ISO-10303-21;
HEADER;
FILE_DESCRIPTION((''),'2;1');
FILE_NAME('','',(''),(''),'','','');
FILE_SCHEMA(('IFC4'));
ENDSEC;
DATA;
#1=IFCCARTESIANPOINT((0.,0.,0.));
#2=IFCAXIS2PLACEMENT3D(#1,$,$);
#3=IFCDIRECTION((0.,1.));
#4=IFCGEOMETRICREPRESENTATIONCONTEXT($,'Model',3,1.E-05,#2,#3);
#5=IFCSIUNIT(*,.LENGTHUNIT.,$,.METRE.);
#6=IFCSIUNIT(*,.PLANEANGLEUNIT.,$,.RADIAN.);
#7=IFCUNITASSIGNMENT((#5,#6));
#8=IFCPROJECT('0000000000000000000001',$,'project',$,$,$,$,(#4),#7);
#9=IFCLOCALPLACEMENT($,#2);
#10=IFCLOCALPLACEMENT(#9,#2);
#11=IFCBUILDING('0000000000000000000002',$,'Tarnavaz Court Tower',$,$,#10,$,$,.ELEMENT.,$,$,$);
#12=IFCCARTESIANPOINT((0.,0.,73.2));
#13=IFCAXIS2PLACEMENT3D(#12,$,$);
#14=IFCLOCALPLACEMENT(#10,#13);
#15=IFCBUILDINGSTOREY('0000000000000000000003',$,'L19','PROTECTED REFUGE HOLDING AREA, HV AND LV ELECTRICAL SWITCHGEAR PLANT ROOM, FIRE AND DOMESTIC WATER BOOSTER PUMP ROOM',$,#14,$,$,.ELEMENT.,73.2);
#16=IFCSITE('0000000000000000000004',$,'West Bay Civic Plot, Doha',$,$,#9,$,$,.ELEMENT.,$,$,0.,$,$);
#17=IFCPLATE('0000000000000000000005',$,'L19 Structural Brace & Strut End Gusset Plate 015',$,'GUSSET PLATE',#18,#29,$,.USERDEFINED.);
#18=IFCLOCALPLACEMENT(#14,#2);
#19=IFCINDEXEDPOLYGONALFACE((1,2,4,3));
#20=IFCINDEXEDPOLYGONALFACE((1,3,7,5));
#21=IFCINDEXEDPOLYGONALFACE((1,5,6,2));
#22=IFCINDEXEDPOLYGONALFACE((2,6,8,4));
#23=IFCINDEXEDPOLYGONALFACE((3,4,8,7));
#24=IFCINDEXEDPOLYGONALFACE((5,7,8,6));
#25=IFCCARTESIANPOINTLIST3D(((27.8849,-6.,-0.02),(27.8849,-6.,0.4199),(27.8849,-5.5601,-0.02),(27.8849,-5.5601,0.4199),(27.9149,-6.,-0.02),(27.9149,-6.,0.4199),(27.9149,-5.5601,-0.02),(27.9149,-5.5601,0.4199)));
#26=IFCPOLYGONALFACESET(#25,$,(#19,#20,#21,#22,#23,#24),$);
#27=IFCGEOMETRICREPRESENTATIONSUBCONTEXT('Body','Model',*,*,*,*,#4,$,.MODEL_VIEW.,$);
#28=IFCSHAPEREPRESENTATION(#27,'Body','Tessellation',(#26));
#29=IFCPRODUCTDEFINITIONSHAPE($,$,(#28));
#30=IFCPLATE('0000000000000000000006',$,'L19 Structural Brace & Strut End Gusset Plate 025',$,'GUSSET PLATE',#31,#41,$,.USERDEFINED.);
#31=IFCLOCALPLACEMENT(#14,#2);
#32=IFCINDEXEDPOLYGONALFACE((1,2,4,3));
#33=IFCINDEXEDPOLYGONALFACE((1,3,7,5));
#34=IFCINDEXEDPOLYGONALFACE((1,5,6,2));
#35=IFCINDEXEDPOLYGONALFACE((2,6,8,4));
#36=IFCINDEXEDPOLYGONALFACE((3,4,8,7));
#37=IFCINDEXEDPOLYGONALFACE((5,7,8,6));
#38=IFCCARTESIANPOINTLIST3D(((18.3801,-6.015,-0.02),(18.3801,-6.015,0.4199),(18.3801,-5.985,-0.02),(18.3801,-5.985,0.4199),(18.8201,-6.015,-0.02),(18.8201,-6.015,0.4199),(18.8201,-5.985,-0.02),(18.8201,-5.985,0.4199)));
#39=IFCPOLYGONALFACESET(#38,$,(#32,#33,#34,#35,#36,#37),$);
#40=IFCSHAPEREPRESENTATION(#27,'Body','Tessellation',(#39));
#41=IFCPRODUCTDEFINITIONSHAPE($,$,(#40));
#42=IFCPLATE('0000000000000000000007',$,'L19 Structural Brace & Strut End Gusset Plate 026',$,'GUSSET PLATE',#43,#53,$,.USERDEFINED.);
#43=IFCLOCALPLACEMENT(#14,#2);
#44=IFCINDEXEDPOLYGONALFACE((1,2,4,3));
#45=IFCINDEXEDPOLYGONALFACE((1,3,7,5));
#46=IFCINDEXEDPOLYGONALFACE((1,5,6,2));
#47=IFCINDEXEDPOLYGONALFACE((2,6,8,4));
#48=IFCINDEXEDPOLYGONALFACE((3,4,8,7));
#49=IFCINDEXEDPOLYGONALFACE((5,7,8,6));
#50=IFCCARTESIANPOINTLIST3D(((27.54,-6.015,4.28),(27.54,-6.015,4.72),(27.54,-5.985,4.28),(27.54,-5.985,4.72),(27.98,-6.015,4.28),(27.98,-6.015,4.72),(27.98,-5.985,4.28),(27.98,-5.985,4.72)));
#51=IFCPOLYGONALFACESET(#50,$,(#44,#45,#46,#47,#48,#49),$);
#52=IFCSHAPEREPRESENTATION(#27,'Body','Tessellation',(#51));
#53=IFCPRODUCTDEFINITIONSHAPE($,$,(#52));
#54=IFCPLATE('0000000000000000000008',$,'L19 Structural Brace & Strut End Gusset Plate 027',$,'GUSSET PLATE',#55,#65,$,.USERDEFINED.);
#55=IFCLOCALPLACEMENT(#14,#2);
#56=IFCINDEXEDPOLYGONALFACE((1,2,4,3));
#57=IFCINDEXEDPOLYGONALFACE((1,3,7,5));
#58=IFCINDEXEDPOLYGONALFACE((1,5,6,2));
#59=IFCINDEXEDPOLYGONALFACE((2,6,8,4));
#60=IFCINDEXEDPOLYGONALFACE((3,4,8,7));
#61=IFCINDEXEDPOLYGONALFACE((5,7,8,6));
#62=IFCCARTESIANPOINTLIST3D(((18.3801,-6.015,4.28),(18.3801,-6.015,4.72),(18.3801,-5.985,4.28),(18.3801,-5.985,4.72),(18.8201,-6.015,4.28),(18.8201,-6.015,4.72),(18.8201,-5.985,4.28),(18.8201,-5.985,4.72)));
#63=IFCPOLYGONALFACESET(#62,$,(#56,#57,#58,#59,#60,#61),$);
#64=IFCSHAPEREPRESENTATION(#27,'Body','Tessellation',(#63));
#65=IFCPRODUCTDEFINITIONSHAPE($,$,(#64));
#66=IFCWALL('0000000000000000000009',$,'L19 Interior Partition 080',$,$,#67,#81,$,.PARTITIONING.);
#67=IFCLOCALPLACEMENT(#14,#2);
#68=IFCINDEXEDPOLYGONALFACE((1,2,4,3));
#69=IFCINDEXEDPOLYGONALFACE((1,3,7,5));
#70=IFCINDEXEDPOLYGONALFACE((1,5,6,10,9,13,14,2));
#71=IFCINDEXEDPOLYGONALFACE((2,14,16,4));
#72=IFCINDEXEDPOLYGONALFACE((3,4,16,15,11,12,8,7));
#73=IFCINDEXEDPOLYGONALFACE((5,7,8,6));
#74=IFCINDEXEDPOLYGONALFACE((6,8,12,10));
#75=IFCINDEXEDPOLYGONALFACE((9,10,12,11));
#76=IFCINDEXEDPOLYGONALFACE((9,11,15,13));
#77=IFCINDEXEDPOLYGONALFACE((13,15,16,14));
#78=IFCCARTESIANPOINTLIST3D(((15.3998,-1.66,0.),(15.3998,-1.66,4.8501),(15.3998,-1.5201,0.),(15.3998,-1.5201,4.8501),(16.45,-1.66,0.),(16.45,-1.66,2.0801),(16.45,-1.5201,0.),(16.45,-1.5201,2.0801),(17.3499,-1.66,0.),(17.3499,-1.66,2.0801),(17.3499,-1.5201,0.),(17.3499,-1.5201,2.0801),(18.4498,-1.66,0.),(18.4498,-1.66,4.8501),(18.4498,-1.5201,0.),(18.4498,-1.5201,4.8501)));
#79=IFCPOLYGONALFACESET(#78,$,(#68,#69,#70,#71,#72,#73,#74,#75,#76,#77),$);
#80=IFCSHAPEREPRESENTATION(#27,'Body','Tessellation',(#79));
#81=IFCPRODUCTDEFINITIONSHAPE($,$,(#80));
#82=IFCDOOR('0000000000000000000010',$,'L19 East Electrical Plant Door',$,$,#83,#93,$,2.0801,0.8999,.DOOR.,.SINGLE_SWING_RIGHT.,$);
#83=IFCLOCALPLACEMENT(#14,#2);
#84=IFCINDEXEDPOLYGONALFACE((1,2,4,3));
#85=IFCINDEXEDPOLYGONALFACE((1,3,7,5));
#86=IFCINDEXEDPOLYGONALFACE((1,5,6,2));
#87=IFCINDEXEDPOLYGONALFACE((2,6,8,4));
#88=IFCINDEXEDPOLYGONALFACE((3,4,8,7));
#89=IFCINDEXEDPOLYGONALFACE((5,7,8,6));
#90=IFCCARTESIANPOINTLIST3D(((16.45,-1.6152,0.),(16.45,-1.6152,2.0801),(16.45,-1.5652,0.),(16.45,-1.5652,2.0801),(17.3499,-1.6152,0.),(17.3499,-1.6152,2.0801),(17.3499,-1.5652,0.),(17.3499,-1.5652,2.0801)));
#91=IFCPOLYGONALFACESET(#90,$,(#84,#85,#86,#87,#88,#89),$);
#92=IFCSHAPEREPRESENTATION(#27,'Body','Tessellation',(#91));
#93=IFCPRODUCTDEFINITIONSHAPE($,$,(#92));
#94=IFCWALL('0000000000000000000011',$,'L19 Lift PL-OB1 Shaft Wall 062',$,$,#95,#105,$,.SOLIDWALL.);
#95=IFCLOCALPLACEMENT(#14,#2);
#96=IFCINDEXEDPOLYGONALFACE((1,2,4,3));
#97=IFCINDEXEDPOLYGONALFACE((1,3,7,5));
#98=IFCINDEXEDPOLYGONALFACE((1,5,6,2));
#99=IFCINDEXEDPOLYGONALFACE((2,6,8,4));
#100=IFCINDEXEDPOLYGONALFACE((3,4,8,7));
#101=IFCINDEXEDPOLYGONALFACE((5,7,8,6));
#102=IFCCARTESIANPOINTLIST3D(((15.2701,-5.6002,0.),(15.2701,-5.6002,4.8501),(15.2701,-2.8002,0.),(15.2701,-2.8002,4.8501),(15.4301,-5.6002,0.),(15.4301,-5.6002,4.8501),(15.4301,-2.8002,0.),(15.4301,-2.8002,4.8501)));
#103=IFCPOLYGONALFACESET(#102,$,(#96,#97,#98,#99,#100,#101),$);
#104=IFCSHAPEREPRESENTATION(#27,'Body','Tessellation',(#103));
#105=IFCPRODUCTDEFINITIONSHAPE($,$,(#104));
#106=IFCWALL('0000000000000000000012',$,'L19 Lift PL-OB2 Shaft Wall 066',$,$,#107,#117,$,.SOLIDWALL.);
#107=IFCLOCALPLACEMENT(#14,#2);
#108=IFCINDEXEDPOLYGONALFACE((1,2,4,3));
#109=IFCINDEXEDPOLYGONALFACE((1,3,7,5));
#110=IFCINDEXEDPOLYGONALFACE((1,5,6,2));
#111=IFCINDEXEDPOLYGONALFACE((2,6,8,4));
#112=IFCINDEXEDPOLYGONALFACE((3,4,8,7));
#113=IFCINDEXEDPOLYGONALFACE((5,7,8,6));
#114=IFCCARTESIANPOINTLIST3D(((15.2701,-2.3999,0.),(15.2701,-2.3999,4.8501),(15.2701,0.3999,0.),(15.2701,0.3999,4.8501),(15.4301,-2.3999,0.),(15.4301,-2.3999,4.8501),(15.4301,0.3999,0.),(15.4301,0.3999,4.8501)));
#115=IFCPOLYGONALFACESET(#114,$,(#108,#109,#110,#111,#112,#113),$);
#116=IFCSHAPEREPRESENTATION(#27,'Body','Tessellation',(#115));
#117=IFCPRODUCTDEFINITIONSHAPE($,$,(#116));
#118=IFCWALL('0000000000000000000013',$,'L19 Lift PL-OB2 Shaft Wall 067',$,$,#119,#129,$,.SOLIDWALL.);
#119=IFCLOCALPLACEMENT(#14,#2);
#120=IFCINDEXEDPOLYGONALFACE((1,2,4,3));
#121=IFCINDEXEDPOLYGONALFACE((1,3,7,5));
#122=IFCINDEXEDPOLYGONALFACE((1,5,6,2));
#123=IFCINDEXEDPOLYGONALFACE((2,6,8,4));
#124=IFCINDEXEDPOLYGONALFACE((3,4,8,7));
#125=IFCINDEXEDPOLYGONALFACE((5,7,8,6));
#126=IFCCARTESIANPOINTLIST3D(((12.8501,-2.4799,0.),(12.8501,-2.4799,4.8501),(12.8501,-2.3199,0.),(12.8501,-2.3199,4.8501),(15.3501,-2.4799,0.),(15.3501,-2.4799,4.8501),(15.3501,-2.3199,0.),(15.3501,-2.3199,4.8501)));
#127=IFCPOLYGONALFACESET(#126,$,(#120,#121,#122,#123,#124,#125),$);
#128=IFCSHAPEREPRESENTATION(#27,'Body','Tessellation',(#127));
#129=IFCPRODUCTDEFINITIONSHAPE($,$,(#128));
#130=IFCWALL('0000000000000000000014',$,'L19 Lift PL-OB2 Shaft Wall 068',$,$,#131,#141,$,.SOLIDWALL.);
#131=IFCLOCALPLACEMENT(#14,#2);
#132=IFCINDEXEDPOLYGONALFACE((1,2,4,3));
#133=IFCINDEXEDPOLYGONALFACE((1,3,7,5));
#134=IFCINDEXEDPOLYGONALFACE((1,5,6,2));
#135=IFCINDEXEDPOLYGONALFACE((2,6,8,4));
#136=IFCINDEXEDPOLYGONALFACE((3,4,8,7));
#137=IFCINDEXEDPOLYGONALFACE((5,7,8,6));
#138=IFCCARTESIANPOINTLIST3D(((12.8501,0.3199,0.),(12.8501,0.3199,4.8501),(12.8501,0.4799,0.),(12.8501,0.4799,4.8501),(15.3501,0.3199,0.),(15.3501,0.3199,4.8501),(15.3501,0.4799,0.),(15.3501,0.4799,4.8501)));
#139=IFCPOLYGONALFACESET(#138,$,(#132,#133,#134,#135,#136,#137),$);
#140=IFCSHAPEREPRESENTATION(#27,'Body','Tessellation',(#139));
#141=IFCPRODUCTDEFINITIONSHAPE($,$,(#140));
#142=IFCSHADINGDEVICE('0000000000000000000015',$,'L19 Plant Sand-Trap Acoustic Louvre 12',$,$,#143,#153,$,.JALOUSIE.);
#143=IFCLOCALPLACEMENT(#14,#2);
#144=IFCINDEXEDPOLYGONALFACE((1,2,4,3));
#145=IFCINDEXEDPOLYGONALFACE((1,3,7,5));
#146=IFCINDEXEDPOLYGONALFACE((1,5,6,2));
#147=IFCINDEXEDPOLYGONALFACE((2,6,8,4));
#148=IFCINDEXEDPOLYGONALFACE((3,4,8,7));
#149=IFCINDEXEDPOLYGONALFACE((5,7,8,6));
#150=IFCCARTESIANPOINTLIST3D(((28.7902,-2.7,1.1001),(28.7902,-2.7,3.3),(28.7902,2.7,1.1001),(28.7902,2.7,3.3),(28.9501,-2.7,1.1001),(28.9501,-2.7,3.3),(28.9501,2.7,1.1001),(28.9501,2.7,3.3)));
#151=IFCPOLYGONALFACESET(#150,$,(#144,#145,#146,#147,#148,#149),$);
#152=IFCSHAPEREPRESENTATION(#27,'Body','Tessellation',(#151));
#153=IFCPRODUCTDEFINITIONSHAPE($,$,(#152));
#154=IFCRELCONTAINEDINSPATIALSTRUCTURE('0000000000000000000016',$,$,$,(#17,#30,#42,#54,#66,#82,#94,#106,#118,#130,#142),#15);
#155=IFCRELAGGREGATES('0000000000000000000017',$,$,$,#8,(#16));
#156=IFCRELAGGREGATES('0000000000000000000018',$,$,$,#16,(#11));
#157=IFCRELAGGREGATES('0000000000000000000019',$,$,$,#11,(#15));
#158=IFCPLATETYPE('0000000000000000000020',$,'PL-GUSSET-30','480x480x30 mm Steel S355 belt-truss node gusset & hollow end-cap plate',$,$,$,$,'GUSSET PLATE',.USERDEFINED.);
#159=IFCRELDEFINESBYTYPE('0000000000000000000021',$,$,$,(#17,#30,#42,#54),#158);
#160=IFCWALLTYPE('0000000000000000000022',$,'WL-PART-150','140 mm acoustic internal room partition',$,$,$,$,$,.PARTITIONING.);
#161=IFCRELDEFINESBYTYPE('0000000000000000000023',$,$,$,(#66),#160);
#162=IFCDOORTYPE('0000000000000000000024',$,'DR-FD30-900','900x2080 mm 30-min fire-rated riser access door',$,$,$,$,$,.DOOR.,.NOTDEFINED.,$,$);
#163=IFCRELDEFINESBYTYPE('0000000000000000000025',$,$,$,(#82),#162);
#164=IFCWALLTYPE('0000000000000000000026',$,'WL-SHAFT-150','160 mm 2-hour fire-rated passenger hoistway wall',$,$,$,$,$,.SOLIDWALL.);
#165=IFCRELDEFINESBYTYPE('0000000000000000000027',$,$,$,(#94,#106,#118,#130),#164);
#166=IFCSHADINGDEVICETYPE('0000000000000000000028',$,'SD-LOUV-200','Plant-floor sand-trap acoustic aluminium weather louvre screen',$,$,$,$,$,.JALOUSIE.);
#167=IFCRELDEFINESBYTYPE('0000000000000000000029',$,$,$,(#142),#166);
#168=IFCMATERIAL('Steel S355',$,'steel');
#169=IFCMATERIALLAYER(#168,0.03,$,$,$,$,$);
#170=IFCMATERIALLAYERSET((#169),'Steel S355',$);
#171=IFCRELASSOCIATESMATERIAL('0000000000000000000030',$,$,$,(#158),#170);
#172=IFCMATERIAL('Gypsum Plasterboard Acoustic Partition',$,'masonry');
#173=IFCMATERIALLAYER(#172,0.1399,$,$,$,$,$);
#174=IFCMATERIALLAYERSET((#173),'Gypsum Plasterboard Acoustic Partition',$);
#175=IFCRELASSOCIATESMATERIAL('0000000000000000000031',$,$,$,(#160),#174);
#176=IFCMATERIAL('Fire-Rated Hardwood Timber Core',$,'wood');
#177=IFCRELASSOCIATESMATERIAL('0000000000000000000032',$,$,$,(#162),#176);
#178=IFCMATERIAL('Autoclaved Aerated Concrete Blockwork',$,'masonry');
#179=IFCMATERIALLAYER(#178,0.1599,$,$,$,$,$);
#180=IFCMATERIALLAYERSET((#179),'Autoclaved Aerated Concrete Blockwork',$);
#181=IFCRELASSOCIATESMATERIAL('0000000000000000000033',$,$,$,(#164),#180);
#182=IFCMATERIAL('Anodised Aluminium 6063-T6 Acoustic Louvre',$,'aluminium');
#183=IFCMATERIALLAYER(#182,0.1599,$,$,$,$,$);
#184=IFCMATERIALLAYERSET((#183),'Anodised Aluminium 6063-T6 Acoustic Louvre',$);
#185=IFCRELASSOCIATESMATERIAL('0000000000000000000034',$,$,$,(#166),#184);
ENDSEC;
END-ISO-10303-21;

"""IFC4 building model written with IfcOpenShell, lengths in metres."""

from ifc_helpers import new_model, si_unit, direction, frame, frame_2d, origin, origin_2d, place, context, subcontext, project, spatial, rectangle, extrude, material, layer, layer_set, type_object, element, fill, save


model = new_model("IFC4")

# Units and contexts
model_context = context("Model", 3, precision=1e-05, world=origin(), true_north=direction((0.0, 1.0)))
body_context = subcontext(model_context, "Body", "Model", "MODEL_VIEW")
ifc_project = project(units=[si_unit("LENGTHUNIT", "METRE"), si_unit("PLANEANGLEUNIT", "RADIAN")], contexts=[model_context])

# Site, building, storey
site_placement = place(None, origin())
site = spatial("IfcSite", under=ifc_project, at=site_placement, Name="West Bay Civic Plot, Doha", CompositionType="ELEMENT", RefElevation=0.0)
building_placement = place(site_placement, origin())
building = spatial("IfcBuilding", under=site, at=building_placement, Name="Tarnavaz Court Tower", CompositionType="ELEMENT")
storey_placement = place(building_placement, frame((0.0, 0.0, 73.2)))
storey = spatial("IfcBuildingStorey", under=building, at=storey_placement, Name="L19", Description="PROTECTED REFUGE HOLDING AREA, HV AND LV ELECTRICAL SWITCHGEAR PLANT ROOM, FIRE AND DOMESTIC WATER BOOSTER PUMP ROOM", CompositionType="ELEMENT", Elevation=73.2)

# Plates
ifc_material_1 = material(Name="Steel S355", Category="steel")
ifc_layer_1 = layer(ifc_material_1, 0.03)
ifc_layer_set_1 = layer_set([ifc_layer_1], Name="Steel S355")
plate_type = type_object("IfcPlateType", Name="PL-GUSSET-30", Description="480x480x30 mm Steel S355 belt-truss node gusset & hollow end-cap plate", ElementType="GUSSET PLATE", PredefinedType="USERDEFINED", material=ifc_layer_set_1)
for number, where, z_axis, x_axis, name in (
    (1, (27.8999, -5.78, -0.02), (0.0, 0.0, 1.0), (0.0, 1.0, 0.0), "L19 Structural Brace & Strut End Gusset Plate 015"),
    (2, (18.6001, -6.0, -0.02), (0.0, 0.0, 1.0), (1.0, 0.0, 0.0), "L19 Structural Brace & Strut End Gusset Plate 025"),
    (3, (27.76, -6.0, 4.28), (0.0, 0.0, 1.0), (1.0, 0.0, 0.0), "L19 Structural Brace & Strut End Gusset Plate 026"),
    (4, (18.6001, -6.0, 4.28), (0.0, 0.0, 1.0), (1.0, 0.0, 0.0), "L19 Structural Brace & Strut End Gusset Plate 027"),
):
    element("IfcPlate", number, at=place(storey_placement, frame(where, z_axis=z_axis, x_axis=x_axis)), inside=storey, type_object=plate_type, Name=name, ObjectType="GUSSET PLATE", PredefinedType="USERDEFINED", context=body_context, shape_type="SweptSolid", body=[
        extrude(rectangle(XDim=0.4399, YDim=0.03, at=origin_2d()), origin(), (0.0, 0.0, 1.0), 0.4399),
    ])

# Wall, opening, door
ifc_material_2 = material(Name="Gypsum Plasterboard Acoustic Partition", Category="masonry")
ifc_layer_2 = layer(ifc_material_2, 0.1399)
ifc_layer_set_2 = layer_set([ifc_layer_2], Name="Gypsum Plasterboard Acoustic Partition")
wall_type_1 = type_object("IfcWallType", Name="WL-PART-150", Description="140 mm acoustic internal room partition", PredefinedType="PARTITIONING", material=ifc_layer_set_2)
wall_1_placement = place(storey_placement, frame((15.3999, -1.5901, 0.0), z_axis=(0.0, 0.0, 1.0), x_axis=(1.0, 0.0, 0.0)))
wall_1 = element("IfcWall", 5, at=wall_1_placement, inside=storey, type_object=wall_type_1, Name="L19 Interior Partition 080", PredefinedType="PARTITIONING", context=body_context, shape_type="SweptSolid", body=[
    extrude(rectangle(XDim=3.05, YDim=0.1399, at=frame_2d((1.5249, 0.0))), origin(), (0.0, 0.0, 1.0), 4.8501),
])
opening_placement = place(wall_1_placement, frame((1.05, 0.0, 0.0)))
opening = element("IfcOpeningElement", 6, at=opening_placement, cuts=wall_1, PredefinedType="OPENING", context=body_context, shape_type="SweptSolid", body=[
    extrude(rectangle(XDim=0.8999, YDim=2.0801, at=frame_2d((0.45, 1.04))), frame((0.0, 0.0798, 0.0), z_axis=(0.0, -1.0, 0.0), x_axis=(1.0, 0.0, 0.0)), (0.0, 0.0, 1.0), 0.1599),
])
ifc_material_3 = material(Name="Fire-Rated Hardwood Timber Core", Category="wood")
door_type = type_object("IfcDoorType", Name="DR-FD30-900", Description="900x2080 mm 30-min fire-rated riser access door", OperationType="NOTDEFINED", PredefinedType="DOOR", material=ifc_material_3)
door_placement = place(opening_placement, origin())
door = element("IfcDoor", 7, at=door_placement, inside=storey, type_object=door_type, Name="L19 East Electrical Plant Door", OperationType="SINGLE_SWING_RIGHT", OverallHeight=2.0801, OverallWidth=0.8999, PredefinedType="DOOR", context=body_context, shape_type="SweptSolid", body=[
    extrude(rectangle(XDim=0.8999, YDim=2.0801, at=frame_2d((0.45, 1.04))), frame((0.0, 0.0249, 0.0), z_axis=(0.0, -1.0, 0.0), x_axis=(1.0, 0.0, 0.0)), (0.0, 0.0, 1.0), 0.05),
])
fill(opening, door)

# Walls
ifc_material_4 = material(Name="Autoclaved Aerated Concrete Blockwork", Category="masonry")
ifc_layer_3 = layer(ifc_material_4, 0.1599)
ifc_layer_set_3 = layer_set([ifc_layer_3], Name="Autoclaved Aerated Concrete Blockwork")
wall_type_2 = type_object("IfcWallType", Name="WL-SHAFT-150", Description="160 mm 2-hour fire-rated passenger hoistway wall", PredefinedType="SOLIDWALL", material=ifc_layer_set_3)
wall_2_placement = place(storey_placement, frame((15.3501, -5.6001, 0.0), z_axis=(0.0, 0.0, 1.0), x_axis=(0.0, 1.0, 0.0)))
element("IfcWall", 8, at=wall_2_placement, inside=storey, type_object=wall_type_2, Name="L19 Lift PL-OB1 Shaft Wall 062", PredefinedType="SOLIDWALL", context=body_context, shape_type="SweptSolid", body=[
    extrude(rectangle(XDim=2.8, YDim=0.1599, at=frame_2d((1.3999, 0.0))), origin(), (0.0, 0.0, 1.0), 4.8501),
])
wall_3_placement = place(storey_placement, frame((15.3501, -2.3999, 0.0), z_axis=(0.0, 0.0, 1.0), x_axis=(0.0, 1.0, 0.0)))
element("IfcWall", 9, at=wall_3_placement, inside=storey, type_object=wall_type_2, Name="L19 Lift PL-OB2 Shaft Wall 066", PredefinedType="SOLIDWALL", context=body_context, shape_type="SweptSolid", body=[
    extrude(rectangle(XDim=2.7998, YDim=0.1599, at=frame_2d((1.3999, 0.0))), origin(), (0.0, 0.0, 1.0), 4.8501),
])
for number, where, z_axis, x_axis, name in (
    (10, (12.8501, -2.3999, 0.0), (0.0, 0.0, 1.0), (1.0, 0.0, 0.0), "L19 Lift PL-OB2 Shaft Wall 067"),
    (11, (12.8501, 0.3999, 0.0), (0.0, 0.0, 1.0), (1.0, 0.0, 0.0), "L19 Lift PL-OB2 Shaft Wall 068"),
):
    element("IfcWall", number, at=place(storey_placement, frame(where, z_axis=z_axis, x_axis=x_axis)), inside=storey, type_object=wall_type_2, Name=name, PredefinedType="SOLIDWALL", context=body_context, shape_type="SweptSolid", body=[
        extrude(rectangle(XDim=2.5, YDim=0.1599, at=frame_2d((1.25, 0.0))), origin(), (0.0, 0.0, 1.0), 4.8501),
    ])

# Shading device
ifc_material_5 = material(Name="Anodised Aluminium 6063-T6 Acoustic Louvre", Category="aluminium")
ifc_layer_4 = layer(ifc_material_5, 0.1599)
ifc_layer_set_4 = layer_set([ifc_layer_4], Name="Anodised Aluminium 6063-T6 Acoustic Louvre")
shading_device_type = type_object("IfcShadingDeviceType", Name="SD-LOUV-200", Description="Plant-floor sand-trap acoustic aluminium weather louvre screen", PredefinedType="JALOUSIE", material=ifc_layer_set_4)
shading_device_placement = place(storey_placement, frame((28.8701, 0.0, 1.1001), z_axis=(0.0, 0.0, 1.0), x_axis=(0.0, -1.0, 0.0)))
element("IfcShadingDevice", 12, at=shading_device_placement, inside=storey, type_object=shading_device_type, Name="L19 Plant Sand-Trap Acoustic Louvre 12", PredefinedType="JALOUSIE", context=body_context, shape_type="SweptSolid", body=[
    extrude(rectangle(XDim=5.3999, YDim=0.1599, at=origin_2d()), origin(), (0.0, 0.0, 1.0), 2.2),
])

save(model, "model.ifc")
